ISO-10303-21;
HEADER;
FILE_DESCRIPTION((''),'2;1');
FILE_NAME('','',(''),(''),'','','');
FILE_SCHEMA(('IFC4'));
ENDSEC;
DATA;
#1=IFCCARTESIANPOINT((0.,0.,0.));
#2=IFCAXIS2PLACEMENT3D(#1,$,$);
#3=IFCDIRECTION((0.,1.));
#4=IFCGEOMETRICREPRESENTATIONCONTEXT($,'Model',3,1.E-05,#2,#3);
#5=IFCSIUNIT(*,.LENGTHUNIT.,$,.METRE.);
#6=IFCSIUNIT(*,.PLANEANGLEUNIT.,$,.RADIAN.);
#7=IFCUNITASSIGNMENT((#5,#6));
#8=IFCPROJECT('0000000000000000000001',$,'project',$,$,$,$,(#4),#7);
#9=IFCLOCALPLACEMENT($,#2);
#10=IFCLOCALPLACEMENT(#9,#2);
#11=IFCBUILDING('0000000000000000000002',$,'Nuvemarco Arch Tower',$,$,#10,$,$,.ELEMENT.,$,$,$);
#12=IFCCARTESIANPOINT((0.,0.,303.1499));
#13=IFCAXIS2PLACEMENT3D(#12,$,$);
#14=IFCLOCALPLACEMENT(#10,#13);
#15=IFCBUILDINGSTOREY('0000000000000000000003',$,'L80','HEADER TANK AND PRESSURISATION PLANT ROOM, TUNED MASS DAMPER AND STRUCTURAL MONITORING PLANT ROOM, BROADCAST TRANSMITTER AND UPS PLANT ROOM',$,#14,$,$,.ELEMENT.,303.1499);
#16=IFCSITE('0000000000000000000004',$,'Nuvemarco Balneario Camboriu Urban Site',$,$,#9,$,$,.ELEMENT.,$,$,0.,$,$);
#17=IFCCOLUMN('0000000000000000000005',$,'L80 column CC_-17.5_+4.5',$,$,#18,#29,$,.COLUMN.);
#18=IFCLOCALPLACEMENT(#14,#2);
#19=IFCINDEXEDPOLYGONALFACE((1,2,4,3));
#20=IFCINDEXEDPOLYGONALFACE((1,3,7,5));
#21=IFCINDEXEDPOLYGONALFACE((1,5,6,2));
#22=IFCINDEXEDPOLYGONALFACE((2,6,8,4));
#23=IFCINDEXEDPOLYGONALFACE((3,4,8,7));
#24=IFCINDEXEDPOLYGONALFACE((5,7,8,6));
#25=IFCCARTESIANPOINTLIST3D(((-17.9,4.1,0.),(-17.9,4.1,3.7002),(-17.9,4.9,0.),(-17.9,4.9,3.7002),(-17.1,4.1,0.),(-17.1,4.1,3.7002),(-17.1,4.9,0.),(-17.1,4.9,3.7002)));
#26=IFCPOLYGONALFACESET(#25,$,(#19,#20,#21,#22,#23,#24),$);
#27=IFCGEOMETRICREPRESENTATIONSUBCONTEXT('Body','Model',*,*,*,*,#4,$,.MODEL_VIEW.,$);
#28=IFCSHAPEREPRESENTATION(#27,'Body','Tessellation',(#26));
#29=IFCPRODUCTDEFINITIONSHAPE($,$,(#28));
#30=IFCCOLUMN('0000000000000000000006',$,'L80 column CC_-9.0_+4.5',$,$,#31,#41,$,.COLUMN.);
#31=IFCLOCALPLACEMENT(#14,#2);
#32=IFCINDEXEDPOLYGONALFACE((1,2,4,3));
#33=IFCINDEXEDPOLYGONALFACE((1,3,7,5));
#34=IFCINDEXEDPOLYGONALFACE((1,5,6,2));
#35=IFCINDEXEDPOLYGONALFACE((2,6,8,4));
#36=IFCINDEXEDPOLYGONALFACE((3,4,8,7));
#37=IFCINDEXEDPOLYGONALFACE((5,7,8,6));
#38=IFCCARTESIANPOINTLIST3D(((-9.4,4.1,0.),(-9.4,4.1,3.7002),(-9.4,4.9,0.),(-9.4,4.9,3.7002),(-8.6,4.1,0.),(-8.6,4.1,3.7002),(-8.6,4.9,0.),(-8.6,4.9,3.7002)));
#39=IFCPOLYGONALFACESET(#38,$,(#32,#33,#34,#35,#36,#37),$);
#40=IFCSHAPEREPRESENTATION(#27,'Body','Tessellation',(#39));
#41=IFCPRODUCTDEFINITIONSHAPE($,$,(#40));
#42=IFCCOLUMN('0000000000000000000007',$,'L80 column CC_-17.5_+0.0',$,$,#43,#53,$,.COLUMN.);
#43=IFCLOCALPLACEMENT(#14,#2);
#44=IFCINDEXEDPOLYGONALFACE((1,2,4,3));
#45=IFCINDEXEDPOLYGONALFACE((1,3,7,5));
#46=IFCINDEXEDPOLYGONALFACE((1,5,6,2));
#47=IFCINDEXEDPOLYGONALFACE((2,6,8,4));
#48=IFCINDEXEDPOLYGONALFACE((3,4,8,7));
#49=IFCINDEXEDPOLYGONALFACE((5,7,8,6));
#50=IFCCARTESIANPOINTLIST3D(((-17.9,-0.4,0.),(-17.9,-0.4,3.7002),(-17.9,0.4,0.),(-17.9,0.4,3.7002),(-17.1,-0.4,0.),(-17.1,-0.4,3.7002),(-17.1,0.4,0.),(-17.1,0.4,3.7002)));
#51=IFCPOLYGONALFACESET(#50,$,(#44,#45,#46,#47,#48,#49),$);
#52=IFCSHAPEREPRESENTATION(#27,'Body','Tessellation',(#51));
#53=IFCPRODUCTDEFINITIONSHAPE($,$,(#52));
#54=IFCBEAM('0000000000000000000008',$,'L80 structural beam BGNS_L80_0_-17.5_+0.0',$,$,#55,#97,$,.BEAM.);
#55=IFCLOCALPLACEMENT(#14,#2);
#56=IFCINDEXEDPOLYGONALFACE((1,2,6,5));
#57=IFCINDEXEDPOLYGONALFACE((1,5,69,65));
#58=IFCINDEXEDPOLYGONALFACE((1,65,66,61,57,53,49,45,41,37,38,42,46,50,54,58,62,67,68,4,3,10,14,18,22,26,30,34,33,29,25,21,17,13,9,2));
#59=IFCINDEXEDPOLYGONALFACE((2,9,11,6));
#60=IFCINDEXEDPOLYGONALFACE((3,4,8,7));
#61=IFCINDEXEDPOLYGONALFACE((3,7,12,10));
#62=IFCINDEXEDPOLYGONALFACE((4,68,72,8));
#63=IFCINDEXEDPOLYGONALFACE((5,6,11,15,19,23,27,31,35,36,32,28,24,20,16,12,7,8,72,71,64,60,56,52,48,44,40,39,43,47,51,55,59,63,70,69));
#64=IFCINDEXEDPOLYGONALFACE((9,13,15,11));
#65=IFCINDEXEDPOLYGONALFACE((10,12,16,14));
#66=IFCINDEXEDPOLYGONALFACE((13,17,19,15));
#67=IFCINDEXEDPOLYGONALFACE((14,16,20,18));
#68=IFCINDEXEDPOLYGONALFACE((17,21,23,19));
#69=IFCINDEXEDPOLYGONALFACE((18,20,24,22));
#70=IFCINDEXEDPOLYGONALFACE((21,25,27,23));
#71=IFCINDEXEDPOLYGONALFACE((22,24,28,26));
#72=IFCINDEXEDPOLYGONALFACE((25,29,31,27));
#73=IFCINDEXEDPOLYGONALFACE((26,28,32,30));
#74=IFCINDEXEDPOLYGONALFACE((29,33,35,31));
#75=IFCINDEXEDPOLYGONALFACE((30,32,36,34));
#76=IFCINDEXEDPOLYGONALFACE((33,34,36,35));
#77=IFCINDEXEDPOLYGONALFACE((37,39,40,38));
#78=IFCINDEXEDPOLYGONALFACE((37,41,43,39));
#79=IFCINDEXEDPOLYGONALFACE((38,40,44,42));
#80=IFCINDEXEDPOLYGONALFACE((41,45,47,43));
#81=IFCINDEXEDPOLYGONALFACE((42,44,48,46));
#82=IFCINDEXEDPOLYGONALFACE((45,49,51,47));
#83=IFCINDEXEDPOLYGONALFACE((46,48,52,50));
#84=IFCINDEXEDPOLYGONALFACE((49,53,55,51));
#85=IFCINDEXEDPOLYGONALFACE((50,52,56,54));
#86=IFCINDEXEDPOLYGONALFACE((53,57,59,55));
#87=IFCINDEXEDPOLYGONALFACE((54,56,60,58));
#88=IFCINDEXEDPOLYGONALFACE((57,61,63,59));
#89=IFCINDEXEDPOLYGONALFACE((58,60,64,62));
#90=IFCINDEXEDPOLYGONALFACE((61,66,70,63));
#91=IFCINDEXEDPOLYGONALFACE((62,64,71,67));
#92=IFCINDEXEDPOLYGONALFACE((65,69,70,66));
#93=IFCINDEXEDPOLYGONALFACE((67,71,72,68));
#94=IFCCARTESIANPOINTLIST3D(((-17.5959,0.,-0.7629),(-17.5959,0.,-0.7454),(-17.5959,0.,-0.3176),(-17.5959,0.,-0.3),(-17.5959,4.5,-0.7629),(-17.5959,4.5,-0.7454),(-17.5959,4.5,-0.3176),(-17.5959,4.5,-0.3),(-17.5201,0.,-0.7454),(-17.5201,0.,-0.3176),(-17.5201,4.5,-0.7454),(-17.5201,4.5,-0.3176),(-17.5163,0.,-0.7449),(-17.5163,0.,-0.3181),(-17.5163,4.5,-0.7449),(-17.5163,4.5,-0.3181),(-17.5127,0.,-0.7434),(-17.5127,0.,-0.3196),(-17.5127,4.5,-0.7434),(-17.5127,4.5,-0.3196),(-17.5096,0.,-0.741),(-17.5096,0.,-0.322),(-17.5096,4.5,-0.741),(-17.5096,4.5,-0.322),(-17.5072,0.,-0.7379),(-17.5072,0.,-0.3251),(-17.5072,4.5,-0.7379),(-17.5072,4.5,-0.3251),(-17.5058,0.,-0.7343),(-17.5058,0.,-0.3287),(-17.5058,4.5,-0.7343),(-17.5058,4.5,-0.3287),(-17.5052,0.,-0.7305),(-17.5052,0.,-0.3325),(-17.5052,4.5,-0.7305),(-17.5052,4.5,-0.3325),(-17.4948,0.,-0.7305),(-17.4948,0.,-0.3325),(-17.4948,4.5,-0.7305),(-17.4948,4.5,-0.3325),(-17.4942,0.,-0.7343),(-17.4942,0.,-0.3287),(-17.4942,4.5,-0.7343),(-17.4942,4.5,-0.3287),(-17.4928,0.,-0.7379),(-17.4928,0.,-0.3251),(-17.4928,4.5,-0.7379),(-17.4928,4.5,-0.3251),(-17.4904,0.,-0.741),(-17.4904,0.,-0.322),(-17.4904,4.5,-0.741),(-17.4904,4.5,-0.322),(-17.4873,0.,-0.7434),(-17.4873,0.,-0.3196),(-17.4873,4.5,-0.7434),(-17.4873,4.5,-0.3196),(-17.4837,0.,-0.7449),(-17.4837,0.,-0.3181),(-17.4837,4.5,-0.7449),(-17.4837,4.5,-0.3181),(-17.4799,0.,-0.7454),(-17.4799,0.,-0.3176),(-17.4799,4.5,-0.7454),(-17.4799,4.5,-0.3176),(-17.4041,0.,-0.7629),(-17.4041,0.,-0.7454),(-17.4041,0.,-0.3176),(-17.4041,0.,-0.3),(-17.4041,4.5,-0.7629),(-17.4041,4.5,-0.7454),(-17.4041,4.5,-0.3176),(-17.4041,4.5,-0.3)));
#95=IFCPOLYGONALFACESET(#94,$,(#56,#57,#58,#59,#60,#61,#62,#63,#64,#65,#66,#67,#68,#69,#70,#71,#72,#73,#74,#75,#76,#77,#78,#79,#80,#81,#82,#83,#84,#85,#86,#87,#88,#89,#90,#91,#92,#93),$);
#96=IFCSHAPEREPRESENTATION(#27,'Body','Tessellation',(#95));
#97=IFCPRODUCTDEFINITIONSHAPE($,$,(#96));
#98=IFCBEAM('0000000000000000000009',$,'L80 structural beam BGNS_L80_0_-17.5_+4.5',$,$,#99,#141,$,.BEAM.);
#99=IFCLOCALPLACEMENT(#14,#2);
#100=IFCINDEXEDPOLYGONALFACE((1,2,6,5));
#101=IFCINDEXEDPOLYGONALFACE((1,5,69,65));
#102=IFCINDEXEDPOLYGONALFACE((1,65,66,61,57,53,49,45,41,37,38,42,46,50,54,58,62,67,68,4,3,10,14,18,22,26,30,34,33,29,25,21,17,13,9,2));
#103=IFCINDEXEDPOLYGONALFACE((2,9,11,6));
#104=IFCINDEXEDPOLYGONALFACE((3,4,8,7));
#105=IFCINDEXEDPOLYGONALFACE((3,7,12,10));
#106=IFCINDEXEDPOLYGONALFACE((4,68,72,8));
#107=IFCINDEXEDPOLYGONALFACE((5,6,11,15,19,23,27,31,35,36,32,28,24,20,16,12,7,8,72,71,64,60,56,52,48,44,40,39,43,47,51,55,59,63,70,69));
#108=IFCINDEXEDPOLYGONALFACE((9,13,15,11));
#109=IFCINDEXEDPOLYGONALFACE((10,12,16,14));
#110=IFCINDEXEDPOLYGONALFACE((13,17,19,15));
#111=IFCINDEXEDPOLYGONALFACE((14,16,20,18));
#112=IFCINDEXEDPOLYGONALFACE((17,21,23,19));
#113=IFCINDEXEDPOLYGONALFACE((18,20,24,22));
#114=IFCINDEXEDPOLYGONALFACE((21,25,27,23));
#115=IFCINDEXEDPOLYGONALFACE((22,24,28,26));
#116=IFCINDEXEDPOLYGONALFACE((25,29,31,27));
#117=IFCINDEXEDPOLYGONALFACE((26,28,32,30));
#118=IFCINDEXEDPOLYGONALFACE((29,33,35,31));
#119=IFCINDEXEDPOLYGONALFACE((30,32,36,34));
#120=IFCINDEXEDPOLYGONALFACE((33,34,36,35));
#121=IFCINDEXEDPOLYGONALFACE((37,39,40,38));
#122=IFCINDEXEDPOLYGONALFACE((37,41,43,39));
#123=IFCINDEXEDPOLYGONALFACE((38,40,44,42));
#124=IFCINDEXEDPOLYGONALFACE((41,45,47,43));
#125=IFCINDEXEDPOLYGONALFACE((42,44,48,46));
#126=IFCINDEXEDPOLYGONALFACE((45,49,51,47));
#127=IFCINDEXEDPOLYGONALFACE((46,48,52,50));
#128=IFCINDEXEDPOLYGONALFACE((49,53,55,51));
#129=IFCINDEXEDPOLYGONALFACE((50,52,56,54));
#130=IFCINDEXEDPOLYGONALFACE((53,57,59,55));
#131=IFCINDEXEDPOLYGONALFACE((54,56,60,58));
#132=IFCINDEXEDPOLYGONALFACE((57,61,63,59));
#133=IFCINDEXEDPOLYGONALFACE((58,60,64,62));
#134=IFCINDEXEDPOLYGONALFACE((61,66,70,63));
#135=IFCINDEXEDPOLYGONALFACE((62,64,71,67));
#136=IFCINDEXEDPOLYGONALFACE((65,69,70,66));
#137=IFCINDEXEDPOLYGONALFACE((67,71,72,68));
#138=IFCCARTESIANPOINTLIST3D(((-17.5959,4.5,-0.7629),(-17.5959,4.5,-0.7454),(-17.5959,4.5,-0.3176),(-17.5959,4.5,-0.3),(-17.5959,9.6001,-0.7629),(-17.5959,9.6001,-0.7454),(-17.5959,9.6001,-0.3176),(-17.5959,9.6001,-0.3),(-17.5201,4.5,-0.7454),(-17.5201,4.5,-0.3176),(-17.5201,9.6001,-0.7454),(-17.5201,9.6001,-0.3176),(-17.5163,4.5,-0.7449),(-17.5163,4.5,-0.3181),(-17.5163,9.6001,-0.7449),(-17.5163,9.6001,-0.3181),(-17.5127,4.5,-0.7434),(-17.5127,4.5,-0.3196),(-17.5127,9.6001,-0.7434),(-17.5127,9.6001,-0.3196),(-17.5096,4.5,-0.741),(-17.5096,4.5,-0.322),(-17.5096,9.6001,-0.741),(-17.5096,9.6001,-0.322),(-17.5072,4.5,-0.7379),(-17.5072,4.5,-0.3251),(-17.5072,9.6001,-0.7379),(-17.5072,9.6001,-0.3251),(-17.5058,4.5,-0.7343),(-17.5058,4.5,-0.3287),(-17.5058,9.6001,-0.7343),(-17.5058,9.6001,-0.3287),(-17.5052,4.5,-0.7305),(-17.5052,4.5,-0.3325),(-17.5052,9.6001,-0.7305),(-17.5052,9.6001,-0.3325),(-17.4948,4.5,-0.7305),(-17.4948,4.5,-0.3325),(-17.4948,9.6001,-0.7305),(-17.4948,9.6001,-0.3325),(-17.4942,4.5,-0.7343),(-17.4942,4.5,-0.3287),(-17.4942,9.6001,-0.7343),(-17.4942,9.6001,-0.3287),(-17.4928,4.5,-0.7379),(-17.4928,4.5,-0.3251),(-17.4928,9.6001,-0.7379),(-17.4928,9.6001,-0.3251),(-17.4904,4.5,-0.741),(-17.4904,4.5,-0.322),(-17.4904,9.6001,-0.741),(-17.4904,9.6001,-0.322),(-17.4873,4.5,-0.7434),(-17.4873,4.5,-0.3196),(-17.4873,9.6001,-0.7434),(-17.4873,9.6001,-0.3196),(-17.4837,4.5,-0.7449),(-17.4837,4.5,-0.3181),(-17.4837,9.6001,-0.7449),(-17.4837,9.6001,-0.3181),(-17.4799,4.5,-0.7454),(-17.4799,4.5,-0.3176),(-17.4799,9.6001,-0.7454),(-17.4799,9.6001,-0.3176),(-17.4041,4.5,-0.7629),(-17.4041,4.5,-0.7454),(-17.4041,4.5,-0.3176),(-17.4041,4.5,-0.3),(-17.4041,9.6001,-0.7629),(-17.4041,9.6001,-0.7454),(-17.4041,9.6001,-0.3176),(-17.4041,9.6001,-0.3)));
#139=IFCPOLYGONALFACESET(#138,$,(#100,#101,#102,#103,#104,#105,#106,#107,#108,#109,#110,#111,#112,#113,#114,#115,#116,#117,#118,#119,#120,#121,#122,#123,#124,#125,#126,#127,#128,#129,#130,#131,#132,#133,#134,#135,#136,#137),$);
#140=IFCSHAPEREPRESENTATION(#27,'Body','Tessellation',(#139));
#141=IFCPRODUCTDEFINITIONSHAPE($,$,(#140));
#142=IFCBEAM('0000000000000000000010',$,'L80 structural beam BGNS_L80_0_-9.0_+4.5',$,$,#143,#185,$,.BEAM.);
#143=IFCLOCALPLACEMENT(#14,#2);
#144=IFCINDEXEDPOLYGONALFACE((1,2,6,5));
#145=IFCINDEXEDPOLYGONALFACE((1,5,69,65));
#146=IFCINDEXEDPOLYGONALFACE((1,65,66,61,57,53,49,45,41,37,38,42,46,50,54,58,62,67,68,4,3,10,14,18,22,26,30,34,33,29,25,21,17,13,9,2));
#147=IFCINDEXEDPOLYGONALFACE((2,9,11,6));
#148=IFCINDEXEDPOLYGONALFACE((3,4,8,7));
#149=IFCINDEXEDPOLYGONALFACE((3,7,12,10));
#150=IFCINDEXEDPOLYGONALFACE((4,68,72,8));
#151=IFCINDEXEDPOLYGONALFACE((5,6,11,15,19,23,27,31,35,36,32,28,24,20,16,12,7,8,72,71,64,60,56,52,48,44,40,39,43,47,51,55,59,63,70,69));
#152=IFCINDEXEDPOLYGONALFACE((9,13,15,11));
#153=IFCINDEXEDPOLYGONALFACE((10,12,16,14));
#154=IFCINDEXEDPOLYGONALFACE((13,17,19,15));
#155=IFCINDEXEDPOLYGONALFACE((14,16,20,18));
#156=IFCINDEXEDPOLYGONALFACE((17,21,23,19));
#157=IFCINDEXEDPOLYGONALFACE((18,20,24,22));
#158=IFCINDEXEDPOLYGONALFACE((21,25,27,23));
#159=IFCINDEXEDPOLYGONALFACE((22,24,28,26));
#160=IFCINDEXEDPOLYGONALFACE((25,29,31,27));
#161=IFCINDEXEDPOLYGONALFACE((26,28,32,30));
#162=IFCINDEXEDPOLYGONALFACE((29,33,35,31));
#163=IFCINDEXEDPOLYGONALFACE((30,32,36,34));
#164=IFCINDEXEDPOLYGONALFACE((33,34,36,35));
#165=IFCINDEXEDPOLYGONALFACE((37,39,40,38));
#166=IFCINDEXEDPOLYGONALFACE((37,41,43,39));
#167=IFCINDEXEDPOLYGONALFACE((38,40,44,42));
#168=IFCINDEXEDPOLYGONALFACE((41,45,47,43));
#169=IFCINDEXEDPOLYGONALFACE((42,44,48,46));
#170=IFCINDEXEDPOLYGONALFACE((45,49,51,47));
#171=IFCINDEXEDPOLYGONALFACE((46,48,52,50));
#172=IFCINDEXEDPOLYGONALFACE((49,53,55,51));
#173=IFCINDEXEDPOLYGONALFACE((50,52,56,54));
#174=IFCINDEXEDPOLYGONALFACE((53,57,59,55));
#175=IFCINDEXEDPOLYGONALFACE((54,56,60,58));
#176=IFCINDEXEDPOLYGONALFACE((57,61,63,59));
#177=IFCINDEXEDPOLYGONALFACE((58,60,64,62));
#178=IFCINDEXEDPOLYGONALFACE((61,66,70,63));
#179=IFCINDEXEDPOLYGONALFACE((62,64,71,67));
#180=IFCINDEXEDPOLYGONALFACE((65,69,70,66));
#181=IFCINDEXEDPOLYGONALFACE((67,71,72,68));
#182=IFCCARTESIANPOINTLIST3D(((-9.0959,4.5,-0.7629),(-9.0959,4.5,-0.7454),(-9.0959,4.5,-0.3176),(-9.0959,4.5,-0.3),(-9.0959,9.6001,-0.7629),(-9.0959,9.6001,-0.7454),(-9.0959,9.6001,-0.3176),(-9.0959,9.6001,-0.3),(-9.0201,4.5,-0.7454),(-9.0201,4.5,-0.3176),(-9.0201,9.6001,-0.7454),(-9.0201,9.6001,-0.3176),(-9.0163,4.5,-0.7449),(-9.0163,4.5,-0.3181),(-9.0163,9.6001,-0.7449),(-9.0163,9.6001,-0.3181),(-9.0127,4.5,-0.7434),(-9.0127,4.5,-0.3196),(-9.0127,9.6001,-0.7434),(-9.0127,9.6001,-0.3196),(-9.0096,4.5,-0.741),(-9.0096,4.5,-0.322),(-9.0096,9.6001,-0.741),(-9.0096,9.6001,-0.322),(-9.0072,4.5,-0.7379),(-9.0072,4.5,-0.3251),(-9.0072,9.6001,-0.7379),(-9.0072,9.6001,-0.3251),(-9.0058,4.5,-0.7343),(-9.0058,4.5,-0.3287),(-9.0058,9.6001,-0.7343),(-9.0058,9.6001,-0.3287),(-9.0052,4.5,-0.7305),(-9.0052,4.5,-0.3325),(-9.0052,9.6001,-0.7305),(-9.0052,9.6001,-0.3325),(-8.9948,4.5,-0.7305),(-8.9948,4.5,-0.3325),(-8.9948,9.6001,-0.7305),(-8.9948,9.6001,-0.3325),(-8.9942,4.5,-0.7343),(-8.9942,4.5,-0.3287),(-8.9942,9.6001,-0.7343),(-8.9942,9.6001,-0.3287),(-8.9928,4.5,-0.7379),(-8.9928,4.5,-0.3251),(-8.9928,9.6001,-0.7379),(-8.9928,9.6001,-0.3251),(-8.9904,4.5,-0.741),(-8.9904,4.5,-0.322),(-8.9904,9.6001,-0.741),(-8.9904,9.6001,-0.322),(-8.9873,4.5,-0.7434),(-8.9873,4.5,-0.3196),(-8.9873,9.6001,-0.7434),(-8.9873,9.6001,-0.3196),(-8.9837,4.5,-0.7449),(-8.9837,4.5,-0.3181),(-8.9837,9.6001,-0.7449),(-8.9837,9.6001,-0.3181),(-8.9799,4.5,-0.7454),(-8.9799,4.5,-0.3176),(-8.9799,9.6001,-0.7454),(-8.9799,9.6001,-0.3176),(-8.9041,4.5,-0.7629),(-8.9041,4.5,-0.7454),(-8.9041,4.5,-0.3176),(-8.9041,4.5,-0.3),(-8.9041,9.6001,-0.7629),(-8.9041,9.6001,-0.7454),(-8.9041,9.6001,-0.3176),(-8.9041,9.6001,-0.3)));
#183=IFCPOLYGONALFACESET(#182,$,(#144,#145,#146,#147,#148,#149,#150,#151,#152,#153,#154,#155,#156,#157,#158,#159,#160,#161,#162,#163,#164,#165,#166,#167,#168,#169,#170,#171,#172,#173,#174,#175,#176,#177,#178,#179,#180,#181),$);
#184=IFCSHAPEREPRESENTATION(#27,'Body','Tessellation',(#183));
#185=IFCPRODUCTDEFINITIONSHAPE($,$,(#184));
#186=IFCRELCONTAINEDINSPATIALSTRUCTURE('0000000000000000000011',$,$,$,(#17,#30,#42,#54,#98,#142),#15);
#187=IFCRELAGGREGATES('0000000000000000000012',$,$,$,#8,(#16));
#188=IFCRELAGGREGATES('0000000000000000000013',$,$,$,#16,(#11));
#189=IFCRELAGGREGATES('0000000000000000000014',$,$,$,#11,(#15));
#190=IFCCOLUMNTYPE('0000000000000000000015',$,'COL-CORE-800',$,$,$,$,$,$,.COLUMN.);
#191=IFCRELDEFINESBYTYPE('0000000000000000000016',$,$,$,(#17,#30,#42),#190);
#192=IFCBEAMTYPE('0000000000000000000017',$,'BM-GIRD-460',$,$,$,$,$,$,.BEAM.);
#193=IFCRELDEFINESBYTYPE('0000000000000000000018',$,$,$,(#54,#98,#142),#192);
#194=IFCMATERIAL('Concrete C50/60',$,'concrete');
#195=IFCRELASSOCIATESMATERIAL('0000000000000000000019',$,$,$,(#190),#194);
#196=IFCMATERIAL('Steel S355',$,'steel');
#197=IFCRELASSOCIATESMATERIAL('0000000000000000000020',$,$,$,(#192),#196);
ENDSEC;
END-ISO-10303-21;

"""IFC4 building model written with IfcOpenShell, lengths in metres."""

from ifc_helpers import new_model, si_unit, direction, frame, origin, origin_2d, place, context, subcontext, project, spatial, rectangle, i_section, extrude, material, material_profile, profile_set, type_object, element, save


model = new_model("IFC4")

# Units and contexts
model_context = context("Model", 3, precision=1e-05, world=origin(), true_north=direction((0.0, 1.0)))
body_context = subcontext(model_context, "Body", "Model", "MODEL_VIEW")
ifc_project = project(units=[si_unit("LENGTHUNIT", "METRE"), si_unit("PLANEANGLEUNIT", "RADIAN")], contexts=[model_context])

# Site, building, storey
site_placement = place(None, origin())
site = spatial("IfcSite", under=ifc_project, at=site_placement, Name="Nuvemarco Balneario Camboriu Urban Site", CompositionType="ELEMENT", RefElevation=0.0)
building_placement = place(site_placement, origin())
building = spatial("IfcBuilding", under=site, at=building_placement, Name="Nuvemarco Arch Tower", CompositionType="ELEMENT")
storey_placement = place(building_placement, frame((0.0, 0.0, 303.1499)))
storey = spatial("IfcBuildingStorey", under=building, at=storey_placement, Name="L80", Description="HEADER TANK AND PRESSURISATION PLANT ROOM, TUNED MASS DAMPER AND STRUCTURAL MONITORING PLANT ROOM, BROADCAST TRANSMITTER AND UPS PLANT ROOM", CompositionType="ELEMENT", Elevation=303.1499)

# Columns
ifc_material_1 = material(Name="Concrete C50/60", Category="concrete")
ifc_material_profile_1 = material_profile(ifc_material_1, rectangle(XDim=0.8, YDim=0.8, at=origin_2d()), Name="RC-COL-800x800")
ifc_profile_set_1 = profile_set([ifc_material_profile_1], Name="Concrete C50/60")
column_type = type_object("IfcColumnType", Name="COL-CORE-800", PredefinedType="COLUMN", material=ifc_profile_set_1)
for number, where, z_axis, x_axis, name in (
    (1, (-17.5, 4.5, 0.0), (0.0, 0.0, 1.0), (1.0, 0.0, 0.0), "L80 column CC_-17.5_+4.5"),
    (2, (-9.0, 4.5, 0.0), (0.0, 0.0, 1.0), (1.0, 0.0, 0.0), "L80 column CC_-9.0_+4.5"),
    (3, (-17.5, 0.0, 0.0), (0.0, 0.0, 1.0), (1.0, 0.0, 0.0), "L80 column CC_-17.5_+0.0"),
):
    element("IfcColumn", number, at=place(storey_placement, frame(where, z_axis=z_axis, x_axis=x_axis)), inside=storey, type_object=column_type, Name=name, PredefinedType="COLUMN", context=body_context, shape_type="SweptSolid", body=[
        extrude(rectangle(XDim=0.8, YDim=0.8, at=origin_2d()), origin(), (0.0, 0.0, 1.0), 3.7002),
    ])

# Beams
ifc_material_2 = material(Name="Steel S355", Category="steel")
ifc_material_profile_2 = material_profile(ifc_material_2, i_section(OverallWidth=0.1919, OverallDepth=0.4629, WebThickness=0.0105, FlangeThickness=0.0176, FilletRadius=0.0149, at=origin_2d()), Name="W460x89")
ifc_profile_set_2 = profile_set([ifc_material_profile_2], Name="Steel S355")
beam_type_1 = type_object("IfcBeamType", Name="BM-GIRD-460", PredefinedType="BEAM", material=ifc_profile_set_2)
beam_1_placement = place(storey_placement, frame((-17.5, 0.0, -0.5315), z_axis=(0.0, 1.0, 0.0), x_axis=(-1.0, 0.0, 0.0)))
element("IfcBeam", 4, at=beam_1_placement, inside=storey, type_object=beam_type_1, Name="L80 structural beam BGNS_L80_0_-17.5_+0.0", PredefinedType="BEAM", context=body_context, shape_type="SweptSolid", body=[
    extrude(i_section(OverallWidth=0.1919, OverallDepth=0.4629, WebThickness=0.0105, FlangeThickness=0.0176, FilletRadius=0.0149, at=origin_2d()), origin(), (0.0, 0.0, 1.0), 4.5),
])
for number, where, z_axis, x_axis, name in (
    (5, (-17.5, 4.5, -0.5315), (0.0, 1.0, 0.0), (-1.0, 0.0, 0.0), "L80 structural beam BGNS_L80_0_-17.5_+4.5"),
    (6, (-9.0, 4.5, -0.5315), (0.0, 1.0, 0.0), (-1.0, 0.0, 0.0), "L80 structural beam BGNS_L80_0_-9.0_+4.5"),
):
    element("IfcBeam", number, at=place(storey_placement, frame(where, z_axis=z_axis, x_axis=x_axis)), inside=storey, type_object=beam_type_1, Name=name, PredefinedType="BEAM", context=body_context, shape_type="SweptSolid", body=[
        extrude(i_section(OverallWidth=0.1919, OverallDepth=0.4629, WebThickness=0.0105, FlangeThickness=0.0176, FilletRadius=0.0149, at=origin_2d()), origin(), (0.0, 0.0, 1.0), 5.1001),
    ])

save(model, "model.ifc")
